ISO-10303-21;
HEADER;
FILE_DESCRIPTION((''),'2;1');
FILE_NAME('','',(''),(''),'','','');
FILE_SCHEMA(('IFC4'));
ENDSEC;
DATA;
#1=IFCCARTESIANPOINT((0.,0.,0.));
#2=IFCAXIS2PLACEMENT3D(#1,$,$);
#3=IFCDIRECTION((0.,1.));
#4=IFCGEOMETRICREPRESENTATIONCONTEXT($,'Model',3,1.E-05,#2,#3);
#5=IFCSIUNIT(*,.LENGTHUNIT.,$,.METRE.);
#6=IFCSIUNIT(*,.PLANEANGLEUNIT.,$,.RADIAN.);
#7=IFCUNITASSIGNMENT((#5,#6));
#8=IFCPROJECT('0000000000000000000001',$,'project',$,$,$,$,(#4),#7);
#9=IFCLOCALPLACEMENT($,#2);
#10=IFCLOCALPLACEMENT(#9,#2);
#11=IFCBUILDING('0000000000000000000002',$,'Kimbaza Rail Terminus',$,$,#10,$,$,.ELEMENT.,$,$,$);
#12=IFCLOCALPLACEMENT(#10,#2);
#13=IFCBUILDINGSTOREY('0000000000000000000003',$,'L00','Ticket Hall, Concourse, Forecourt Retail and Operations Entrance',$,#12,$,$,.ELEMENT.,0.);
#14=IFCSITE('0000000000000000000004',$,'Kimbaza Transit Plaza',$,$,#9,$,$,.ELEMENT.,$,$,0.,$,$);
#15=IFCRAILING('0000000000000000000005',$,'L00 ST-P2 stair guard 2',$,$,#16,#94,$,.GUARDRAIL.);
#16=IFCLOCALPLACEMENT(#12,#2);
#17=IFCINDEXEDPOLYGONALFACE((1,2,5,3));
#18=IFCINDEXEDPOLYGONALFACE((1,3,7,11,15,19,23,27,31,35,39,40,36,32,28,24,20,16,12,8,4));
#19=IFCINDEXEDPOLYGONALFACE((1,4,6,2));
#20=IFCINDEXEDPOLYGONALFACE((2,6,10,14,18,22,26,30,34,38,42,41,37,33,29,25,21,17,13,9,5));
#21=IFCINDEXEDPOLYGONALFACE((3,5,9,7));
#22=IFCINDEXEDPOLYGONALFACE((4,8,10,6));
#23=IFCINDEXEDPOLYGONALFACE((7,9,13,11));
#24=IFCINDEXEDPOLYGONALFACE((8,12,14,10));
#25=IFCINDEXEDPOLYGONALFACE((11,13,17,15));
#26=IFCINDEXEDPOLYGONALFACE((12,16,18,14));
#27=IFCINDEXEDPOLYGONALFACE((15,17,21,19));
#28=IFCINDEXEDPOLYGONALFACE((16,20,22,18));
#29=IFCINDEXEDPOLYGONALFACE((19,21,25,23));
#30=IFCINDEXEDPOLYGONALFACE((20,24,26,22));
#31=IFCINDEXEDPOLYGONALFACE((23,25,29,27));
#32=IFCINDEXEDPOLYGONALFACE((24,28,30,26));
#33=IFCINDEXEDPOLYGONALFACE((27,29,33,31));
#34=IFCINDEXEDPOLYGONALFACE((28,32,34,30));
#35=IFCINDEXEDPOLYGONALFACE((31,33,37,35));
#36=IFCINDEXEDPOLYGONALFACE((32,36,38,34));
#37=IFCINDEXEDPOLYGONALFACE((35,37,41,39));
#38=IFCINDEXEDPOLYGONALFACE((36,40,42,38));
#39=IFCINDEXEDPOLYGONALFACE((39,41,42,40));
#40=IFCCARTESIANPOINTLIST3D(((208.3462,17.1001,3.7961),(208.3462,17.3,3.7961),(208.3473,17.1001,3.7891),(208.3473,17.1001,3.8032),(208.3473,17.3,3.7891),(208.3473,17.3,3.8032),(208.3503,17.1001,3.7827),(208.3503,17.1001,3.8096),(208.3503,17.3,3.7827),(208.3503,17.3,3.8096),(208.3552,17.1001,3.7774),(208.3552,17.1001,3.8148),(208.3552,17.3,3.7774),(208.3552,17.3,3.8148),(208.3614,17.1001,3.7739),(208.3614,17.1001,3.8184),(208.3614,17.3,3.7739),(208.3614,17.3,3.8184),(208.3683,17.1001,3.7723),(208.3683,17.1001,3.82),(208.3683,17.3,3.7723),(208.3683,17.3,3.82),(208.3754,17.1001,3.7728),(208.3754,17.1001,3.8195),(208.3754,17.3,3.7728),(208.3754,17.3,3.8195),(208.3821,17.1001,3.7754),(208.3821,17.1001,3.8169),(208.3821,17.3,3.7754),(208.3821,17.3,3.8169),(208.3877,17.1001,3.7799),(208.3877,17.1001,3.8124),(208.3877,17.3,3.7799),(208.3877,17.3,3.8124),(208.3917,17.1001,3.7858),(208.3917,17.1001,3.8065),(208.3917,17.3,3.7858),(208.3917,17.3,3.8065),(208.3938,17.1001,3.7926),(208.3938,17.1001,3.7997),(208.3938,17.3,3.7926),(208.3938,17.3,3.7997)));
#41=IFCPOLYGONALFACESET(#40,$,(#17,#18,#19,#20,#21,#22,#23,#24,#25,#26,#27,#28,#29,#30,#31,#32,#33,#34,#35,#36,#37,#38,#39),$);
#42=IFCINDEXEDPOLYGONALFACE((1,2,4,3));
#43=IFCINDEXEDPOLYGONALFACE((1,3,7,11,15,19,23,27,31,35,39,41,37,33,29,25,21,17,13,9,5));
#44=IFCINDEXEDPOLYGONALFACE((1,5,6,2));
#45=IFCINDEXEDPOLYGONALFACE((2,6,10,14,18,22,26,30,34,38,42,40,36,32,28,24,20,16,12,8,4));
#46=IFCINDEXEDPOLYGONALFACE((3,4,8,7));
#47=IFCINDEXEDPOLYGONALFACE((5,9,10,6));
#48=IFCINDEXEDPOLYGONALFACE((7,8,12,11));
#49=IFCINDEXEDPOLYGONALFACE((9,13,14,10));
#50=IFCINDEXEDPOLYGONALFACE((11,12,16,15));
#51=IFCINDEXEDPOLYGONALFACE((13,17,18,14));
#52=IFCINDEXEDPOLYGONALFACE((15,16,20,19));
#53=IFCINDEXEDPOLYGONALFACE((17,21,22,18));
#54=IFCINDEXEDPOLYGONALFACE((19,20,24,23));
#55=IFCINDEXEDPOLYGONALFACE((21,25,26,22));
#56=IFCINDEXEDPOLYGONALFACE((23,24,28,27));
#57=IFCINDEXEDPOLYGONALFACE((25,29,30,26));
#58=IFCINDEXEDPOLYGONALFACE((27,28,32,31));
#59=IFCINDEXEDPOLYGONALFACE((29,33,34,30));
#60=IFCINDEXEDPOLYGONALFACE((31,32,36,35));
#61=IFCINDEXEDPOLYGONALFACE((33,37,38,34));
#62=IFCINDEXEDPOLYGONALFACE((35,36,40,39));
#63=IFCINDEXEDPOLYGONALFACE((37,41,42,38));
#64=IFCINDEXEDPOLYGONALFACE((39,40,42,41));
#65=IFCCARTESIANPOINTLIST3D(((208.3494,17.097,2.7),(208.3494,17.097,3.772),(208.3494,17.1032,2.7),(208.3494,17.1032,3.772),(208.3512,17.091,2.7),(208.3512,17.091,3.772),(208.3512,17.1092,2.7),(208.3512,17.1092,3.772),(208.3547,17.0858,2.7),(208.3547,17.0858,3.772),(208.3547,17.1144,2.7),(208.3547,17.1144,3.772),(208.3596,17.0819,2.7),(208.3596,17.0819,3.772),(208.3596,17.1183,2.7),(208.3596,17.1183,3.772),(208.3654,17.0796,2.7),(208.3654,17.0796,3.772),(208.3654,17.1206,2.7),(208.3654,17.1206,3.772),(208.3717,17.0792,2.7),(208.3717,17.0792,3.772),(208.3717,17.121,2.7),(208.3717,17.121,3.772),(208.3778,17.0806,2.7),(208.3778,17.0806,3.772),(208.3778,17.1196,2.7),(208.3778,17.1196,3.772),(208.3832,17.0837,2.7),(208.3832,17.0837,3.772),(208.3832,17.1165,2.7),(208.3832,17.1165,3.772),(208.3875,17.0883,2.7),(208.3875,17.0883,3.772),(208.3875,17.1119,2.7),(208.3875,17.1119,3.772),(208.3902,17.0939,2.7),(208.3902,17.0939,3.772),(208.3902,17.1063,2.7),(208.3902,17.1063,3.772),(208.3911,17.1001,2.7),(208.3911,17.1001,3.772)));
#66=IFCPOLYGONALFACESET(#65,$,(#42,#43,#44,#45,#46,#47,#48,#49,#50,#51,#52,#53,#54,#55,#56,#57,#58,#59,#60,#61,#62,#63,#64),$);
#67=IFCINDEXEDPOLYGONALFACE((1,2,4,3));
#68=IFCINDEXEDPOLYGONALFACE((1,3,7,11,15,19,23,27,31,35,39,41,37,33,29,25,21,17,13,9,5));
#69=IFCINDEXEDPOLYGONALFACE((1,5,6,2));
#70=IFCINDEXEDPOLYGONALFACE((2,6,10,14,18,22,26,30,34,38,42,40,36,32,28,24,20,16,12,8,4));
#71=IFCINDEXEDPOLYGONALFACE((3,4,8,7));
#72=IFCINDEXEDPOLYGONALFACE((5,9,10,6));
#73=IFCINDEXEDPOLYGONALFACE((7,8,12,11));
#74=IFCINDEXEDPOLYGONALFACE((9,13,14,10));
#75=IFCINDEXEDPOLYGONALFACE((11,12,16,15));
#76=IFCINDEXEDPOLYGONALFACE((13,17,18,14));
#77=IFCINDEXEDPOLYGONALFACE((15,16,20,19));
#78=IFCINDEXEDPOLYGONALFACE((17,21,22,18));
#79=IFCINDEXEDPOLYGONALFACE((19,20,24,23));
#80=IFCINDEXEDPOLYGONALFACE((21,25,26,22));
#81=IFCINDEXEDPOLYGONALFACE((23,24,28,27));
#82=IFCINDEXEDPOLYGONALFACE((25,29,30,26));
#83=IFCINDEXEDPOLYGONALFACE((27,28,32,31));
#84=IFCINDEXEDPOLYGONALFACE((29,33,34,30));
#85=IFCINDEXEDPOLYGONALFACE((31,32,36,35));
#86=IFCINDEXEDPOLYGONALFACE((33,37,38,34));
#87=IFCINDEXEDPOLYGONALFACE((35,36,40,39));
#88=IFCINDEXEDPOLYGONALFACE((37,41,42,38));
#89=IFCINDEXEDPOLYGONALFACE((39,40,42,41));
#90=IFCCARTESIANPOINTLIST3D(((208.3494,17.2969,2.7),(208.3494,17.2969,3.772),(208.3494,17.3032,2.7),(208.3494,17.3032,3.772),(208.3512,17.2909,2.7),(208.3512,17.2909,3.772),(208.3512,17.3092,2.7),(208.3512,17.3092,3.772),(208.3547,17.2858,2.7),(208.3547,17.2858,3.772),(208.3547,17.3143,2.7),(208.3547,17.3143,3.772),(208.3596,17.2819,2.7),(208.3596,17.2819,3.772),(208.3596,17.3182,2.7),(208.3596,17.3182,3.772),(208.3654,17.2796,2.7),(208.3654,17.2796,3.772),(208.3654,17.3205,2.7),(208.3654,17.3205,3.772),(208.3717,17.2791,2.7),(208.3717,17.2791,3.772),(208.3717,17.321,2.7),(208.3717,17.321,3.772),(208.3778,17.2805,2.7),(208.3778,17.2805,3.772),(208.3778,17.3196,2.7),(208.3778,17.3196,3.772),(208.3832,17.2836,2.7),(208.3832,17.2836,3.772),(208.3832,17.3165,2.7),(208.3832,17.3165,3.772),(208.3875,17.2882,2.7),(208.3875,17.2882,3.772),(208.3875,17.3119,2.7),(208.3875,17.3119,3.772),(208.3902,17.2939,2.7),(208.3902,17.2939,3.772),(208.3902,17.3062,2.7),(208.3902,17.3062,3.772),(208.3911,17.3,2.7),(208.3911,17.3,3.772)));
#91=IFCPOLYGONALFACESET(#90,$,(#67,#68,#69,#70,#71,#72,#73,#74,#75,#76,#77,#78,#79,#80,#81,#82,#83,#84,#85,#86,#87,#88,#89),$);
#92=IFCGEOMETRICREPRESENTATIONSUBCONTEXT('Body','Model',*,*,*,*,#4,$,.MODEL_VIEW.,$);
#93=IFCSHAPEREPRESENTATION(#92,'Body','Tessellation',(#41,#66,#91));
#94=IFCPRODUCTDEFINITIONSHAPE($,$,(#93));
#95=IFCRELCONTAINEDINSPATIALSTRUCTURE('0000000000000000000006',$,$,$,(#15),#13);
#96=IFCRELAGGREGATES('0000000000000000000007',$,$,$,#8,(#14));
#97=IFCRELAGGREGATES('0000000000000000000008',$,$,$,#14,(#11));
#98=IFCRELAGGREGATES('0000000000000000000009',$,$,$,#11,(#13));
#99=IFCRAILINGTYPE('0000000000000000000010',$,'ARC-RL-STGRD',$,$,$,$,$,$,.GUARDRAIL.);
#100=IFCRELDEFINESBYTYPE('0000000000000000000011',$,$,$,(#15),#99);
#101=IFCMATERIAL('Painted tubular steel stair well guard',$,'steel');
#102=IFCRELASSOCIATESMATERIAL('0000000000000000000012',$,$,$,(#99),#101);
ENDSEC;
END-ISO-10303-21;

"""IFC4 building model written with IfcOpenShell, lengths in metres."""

from ifc_helpers import new_model, si_unit, direction, frame, origin, origin_2d, place, context, subcontext, project, spatial, circle, extrude, material, type_object, element, save


model = new_model("IFC4")

# Units and contexts
model_context = context("Model", 3, precision=1e-05, world=origin(), true_north=direction((0.0, 1.0)))
body_context = subcontext(model_context, "Body", "Model", "MODEL_VIEW")
ifc_project = project(units=[si_unit("LENGTHUNIT", "METRE"), si_unit("PLANEANGLEUNIT", "RADIAN")], contexts=[model_context])

# Site, building, storey
site_placement = place(None, origin())
site = spatial("IfcSite", under=ifc_project, at=site_placement, Name="Kimbaza Transit Plaza", CompositionType="ELEMENT", RefElevation=0.0)
building_placement = place(site_placement, origin())
building = spatial("IfcBuilding", under=site, at=building_placement, Name="Kimbaza Rail Terminus", CompositionType="ELEMENT")
storey_placement = place(building_placement, origin())
storey = spatial("IfcBuildingStorey", under=building, at=storey_placement, Name="L00", Description="Ticket Hall, Concourse, Forecourt Retail and Operations Entrance", CompositionType="ELEMENT", Elevation=0.0)

# Railing
ifc_material_1 = material(Name="Painted tubular steel stair well guard", Category="steel")
railing_type_1 = type_object("IfcRailingType", Name="ARC-RL-STGRD", PredefinedType="GUARDRAIL", material=ifc_material_1)
railing_1_placement = place(storey_placement, frame((208.3701, 17.1001, 2.7)))
element("IfcRailing", 1, at=railing_1_placement, inside=storey, type_object=railing_type_1, Name="L00 ST-P2 stair guard 2", PredefinedType="GUARDRAIL", context=body_context, shape_type="SweptSolid", body=[
    extrude(circle(Radius=0.0239, at=origin_2d()), frame((0.0, 0.0, 1.0962), z_axis=(0.0, 1.0, 0.0), x_axis=(-1.0, 0.0, 0.0)), (0.0, 0.0, 1.0), 0.2),
    extrude(circle(Radius=0.021, at=origin_2d()), origin(), (0.0, 0.0, 1.0), 1.072),
    extrude(circle(Radius=0.021, at=origin_2d()), frame((0.0, 0.2, 0.0)), (0.0, 0.0, 1.0), 1.072),
])

save(model, "model.ifc")
